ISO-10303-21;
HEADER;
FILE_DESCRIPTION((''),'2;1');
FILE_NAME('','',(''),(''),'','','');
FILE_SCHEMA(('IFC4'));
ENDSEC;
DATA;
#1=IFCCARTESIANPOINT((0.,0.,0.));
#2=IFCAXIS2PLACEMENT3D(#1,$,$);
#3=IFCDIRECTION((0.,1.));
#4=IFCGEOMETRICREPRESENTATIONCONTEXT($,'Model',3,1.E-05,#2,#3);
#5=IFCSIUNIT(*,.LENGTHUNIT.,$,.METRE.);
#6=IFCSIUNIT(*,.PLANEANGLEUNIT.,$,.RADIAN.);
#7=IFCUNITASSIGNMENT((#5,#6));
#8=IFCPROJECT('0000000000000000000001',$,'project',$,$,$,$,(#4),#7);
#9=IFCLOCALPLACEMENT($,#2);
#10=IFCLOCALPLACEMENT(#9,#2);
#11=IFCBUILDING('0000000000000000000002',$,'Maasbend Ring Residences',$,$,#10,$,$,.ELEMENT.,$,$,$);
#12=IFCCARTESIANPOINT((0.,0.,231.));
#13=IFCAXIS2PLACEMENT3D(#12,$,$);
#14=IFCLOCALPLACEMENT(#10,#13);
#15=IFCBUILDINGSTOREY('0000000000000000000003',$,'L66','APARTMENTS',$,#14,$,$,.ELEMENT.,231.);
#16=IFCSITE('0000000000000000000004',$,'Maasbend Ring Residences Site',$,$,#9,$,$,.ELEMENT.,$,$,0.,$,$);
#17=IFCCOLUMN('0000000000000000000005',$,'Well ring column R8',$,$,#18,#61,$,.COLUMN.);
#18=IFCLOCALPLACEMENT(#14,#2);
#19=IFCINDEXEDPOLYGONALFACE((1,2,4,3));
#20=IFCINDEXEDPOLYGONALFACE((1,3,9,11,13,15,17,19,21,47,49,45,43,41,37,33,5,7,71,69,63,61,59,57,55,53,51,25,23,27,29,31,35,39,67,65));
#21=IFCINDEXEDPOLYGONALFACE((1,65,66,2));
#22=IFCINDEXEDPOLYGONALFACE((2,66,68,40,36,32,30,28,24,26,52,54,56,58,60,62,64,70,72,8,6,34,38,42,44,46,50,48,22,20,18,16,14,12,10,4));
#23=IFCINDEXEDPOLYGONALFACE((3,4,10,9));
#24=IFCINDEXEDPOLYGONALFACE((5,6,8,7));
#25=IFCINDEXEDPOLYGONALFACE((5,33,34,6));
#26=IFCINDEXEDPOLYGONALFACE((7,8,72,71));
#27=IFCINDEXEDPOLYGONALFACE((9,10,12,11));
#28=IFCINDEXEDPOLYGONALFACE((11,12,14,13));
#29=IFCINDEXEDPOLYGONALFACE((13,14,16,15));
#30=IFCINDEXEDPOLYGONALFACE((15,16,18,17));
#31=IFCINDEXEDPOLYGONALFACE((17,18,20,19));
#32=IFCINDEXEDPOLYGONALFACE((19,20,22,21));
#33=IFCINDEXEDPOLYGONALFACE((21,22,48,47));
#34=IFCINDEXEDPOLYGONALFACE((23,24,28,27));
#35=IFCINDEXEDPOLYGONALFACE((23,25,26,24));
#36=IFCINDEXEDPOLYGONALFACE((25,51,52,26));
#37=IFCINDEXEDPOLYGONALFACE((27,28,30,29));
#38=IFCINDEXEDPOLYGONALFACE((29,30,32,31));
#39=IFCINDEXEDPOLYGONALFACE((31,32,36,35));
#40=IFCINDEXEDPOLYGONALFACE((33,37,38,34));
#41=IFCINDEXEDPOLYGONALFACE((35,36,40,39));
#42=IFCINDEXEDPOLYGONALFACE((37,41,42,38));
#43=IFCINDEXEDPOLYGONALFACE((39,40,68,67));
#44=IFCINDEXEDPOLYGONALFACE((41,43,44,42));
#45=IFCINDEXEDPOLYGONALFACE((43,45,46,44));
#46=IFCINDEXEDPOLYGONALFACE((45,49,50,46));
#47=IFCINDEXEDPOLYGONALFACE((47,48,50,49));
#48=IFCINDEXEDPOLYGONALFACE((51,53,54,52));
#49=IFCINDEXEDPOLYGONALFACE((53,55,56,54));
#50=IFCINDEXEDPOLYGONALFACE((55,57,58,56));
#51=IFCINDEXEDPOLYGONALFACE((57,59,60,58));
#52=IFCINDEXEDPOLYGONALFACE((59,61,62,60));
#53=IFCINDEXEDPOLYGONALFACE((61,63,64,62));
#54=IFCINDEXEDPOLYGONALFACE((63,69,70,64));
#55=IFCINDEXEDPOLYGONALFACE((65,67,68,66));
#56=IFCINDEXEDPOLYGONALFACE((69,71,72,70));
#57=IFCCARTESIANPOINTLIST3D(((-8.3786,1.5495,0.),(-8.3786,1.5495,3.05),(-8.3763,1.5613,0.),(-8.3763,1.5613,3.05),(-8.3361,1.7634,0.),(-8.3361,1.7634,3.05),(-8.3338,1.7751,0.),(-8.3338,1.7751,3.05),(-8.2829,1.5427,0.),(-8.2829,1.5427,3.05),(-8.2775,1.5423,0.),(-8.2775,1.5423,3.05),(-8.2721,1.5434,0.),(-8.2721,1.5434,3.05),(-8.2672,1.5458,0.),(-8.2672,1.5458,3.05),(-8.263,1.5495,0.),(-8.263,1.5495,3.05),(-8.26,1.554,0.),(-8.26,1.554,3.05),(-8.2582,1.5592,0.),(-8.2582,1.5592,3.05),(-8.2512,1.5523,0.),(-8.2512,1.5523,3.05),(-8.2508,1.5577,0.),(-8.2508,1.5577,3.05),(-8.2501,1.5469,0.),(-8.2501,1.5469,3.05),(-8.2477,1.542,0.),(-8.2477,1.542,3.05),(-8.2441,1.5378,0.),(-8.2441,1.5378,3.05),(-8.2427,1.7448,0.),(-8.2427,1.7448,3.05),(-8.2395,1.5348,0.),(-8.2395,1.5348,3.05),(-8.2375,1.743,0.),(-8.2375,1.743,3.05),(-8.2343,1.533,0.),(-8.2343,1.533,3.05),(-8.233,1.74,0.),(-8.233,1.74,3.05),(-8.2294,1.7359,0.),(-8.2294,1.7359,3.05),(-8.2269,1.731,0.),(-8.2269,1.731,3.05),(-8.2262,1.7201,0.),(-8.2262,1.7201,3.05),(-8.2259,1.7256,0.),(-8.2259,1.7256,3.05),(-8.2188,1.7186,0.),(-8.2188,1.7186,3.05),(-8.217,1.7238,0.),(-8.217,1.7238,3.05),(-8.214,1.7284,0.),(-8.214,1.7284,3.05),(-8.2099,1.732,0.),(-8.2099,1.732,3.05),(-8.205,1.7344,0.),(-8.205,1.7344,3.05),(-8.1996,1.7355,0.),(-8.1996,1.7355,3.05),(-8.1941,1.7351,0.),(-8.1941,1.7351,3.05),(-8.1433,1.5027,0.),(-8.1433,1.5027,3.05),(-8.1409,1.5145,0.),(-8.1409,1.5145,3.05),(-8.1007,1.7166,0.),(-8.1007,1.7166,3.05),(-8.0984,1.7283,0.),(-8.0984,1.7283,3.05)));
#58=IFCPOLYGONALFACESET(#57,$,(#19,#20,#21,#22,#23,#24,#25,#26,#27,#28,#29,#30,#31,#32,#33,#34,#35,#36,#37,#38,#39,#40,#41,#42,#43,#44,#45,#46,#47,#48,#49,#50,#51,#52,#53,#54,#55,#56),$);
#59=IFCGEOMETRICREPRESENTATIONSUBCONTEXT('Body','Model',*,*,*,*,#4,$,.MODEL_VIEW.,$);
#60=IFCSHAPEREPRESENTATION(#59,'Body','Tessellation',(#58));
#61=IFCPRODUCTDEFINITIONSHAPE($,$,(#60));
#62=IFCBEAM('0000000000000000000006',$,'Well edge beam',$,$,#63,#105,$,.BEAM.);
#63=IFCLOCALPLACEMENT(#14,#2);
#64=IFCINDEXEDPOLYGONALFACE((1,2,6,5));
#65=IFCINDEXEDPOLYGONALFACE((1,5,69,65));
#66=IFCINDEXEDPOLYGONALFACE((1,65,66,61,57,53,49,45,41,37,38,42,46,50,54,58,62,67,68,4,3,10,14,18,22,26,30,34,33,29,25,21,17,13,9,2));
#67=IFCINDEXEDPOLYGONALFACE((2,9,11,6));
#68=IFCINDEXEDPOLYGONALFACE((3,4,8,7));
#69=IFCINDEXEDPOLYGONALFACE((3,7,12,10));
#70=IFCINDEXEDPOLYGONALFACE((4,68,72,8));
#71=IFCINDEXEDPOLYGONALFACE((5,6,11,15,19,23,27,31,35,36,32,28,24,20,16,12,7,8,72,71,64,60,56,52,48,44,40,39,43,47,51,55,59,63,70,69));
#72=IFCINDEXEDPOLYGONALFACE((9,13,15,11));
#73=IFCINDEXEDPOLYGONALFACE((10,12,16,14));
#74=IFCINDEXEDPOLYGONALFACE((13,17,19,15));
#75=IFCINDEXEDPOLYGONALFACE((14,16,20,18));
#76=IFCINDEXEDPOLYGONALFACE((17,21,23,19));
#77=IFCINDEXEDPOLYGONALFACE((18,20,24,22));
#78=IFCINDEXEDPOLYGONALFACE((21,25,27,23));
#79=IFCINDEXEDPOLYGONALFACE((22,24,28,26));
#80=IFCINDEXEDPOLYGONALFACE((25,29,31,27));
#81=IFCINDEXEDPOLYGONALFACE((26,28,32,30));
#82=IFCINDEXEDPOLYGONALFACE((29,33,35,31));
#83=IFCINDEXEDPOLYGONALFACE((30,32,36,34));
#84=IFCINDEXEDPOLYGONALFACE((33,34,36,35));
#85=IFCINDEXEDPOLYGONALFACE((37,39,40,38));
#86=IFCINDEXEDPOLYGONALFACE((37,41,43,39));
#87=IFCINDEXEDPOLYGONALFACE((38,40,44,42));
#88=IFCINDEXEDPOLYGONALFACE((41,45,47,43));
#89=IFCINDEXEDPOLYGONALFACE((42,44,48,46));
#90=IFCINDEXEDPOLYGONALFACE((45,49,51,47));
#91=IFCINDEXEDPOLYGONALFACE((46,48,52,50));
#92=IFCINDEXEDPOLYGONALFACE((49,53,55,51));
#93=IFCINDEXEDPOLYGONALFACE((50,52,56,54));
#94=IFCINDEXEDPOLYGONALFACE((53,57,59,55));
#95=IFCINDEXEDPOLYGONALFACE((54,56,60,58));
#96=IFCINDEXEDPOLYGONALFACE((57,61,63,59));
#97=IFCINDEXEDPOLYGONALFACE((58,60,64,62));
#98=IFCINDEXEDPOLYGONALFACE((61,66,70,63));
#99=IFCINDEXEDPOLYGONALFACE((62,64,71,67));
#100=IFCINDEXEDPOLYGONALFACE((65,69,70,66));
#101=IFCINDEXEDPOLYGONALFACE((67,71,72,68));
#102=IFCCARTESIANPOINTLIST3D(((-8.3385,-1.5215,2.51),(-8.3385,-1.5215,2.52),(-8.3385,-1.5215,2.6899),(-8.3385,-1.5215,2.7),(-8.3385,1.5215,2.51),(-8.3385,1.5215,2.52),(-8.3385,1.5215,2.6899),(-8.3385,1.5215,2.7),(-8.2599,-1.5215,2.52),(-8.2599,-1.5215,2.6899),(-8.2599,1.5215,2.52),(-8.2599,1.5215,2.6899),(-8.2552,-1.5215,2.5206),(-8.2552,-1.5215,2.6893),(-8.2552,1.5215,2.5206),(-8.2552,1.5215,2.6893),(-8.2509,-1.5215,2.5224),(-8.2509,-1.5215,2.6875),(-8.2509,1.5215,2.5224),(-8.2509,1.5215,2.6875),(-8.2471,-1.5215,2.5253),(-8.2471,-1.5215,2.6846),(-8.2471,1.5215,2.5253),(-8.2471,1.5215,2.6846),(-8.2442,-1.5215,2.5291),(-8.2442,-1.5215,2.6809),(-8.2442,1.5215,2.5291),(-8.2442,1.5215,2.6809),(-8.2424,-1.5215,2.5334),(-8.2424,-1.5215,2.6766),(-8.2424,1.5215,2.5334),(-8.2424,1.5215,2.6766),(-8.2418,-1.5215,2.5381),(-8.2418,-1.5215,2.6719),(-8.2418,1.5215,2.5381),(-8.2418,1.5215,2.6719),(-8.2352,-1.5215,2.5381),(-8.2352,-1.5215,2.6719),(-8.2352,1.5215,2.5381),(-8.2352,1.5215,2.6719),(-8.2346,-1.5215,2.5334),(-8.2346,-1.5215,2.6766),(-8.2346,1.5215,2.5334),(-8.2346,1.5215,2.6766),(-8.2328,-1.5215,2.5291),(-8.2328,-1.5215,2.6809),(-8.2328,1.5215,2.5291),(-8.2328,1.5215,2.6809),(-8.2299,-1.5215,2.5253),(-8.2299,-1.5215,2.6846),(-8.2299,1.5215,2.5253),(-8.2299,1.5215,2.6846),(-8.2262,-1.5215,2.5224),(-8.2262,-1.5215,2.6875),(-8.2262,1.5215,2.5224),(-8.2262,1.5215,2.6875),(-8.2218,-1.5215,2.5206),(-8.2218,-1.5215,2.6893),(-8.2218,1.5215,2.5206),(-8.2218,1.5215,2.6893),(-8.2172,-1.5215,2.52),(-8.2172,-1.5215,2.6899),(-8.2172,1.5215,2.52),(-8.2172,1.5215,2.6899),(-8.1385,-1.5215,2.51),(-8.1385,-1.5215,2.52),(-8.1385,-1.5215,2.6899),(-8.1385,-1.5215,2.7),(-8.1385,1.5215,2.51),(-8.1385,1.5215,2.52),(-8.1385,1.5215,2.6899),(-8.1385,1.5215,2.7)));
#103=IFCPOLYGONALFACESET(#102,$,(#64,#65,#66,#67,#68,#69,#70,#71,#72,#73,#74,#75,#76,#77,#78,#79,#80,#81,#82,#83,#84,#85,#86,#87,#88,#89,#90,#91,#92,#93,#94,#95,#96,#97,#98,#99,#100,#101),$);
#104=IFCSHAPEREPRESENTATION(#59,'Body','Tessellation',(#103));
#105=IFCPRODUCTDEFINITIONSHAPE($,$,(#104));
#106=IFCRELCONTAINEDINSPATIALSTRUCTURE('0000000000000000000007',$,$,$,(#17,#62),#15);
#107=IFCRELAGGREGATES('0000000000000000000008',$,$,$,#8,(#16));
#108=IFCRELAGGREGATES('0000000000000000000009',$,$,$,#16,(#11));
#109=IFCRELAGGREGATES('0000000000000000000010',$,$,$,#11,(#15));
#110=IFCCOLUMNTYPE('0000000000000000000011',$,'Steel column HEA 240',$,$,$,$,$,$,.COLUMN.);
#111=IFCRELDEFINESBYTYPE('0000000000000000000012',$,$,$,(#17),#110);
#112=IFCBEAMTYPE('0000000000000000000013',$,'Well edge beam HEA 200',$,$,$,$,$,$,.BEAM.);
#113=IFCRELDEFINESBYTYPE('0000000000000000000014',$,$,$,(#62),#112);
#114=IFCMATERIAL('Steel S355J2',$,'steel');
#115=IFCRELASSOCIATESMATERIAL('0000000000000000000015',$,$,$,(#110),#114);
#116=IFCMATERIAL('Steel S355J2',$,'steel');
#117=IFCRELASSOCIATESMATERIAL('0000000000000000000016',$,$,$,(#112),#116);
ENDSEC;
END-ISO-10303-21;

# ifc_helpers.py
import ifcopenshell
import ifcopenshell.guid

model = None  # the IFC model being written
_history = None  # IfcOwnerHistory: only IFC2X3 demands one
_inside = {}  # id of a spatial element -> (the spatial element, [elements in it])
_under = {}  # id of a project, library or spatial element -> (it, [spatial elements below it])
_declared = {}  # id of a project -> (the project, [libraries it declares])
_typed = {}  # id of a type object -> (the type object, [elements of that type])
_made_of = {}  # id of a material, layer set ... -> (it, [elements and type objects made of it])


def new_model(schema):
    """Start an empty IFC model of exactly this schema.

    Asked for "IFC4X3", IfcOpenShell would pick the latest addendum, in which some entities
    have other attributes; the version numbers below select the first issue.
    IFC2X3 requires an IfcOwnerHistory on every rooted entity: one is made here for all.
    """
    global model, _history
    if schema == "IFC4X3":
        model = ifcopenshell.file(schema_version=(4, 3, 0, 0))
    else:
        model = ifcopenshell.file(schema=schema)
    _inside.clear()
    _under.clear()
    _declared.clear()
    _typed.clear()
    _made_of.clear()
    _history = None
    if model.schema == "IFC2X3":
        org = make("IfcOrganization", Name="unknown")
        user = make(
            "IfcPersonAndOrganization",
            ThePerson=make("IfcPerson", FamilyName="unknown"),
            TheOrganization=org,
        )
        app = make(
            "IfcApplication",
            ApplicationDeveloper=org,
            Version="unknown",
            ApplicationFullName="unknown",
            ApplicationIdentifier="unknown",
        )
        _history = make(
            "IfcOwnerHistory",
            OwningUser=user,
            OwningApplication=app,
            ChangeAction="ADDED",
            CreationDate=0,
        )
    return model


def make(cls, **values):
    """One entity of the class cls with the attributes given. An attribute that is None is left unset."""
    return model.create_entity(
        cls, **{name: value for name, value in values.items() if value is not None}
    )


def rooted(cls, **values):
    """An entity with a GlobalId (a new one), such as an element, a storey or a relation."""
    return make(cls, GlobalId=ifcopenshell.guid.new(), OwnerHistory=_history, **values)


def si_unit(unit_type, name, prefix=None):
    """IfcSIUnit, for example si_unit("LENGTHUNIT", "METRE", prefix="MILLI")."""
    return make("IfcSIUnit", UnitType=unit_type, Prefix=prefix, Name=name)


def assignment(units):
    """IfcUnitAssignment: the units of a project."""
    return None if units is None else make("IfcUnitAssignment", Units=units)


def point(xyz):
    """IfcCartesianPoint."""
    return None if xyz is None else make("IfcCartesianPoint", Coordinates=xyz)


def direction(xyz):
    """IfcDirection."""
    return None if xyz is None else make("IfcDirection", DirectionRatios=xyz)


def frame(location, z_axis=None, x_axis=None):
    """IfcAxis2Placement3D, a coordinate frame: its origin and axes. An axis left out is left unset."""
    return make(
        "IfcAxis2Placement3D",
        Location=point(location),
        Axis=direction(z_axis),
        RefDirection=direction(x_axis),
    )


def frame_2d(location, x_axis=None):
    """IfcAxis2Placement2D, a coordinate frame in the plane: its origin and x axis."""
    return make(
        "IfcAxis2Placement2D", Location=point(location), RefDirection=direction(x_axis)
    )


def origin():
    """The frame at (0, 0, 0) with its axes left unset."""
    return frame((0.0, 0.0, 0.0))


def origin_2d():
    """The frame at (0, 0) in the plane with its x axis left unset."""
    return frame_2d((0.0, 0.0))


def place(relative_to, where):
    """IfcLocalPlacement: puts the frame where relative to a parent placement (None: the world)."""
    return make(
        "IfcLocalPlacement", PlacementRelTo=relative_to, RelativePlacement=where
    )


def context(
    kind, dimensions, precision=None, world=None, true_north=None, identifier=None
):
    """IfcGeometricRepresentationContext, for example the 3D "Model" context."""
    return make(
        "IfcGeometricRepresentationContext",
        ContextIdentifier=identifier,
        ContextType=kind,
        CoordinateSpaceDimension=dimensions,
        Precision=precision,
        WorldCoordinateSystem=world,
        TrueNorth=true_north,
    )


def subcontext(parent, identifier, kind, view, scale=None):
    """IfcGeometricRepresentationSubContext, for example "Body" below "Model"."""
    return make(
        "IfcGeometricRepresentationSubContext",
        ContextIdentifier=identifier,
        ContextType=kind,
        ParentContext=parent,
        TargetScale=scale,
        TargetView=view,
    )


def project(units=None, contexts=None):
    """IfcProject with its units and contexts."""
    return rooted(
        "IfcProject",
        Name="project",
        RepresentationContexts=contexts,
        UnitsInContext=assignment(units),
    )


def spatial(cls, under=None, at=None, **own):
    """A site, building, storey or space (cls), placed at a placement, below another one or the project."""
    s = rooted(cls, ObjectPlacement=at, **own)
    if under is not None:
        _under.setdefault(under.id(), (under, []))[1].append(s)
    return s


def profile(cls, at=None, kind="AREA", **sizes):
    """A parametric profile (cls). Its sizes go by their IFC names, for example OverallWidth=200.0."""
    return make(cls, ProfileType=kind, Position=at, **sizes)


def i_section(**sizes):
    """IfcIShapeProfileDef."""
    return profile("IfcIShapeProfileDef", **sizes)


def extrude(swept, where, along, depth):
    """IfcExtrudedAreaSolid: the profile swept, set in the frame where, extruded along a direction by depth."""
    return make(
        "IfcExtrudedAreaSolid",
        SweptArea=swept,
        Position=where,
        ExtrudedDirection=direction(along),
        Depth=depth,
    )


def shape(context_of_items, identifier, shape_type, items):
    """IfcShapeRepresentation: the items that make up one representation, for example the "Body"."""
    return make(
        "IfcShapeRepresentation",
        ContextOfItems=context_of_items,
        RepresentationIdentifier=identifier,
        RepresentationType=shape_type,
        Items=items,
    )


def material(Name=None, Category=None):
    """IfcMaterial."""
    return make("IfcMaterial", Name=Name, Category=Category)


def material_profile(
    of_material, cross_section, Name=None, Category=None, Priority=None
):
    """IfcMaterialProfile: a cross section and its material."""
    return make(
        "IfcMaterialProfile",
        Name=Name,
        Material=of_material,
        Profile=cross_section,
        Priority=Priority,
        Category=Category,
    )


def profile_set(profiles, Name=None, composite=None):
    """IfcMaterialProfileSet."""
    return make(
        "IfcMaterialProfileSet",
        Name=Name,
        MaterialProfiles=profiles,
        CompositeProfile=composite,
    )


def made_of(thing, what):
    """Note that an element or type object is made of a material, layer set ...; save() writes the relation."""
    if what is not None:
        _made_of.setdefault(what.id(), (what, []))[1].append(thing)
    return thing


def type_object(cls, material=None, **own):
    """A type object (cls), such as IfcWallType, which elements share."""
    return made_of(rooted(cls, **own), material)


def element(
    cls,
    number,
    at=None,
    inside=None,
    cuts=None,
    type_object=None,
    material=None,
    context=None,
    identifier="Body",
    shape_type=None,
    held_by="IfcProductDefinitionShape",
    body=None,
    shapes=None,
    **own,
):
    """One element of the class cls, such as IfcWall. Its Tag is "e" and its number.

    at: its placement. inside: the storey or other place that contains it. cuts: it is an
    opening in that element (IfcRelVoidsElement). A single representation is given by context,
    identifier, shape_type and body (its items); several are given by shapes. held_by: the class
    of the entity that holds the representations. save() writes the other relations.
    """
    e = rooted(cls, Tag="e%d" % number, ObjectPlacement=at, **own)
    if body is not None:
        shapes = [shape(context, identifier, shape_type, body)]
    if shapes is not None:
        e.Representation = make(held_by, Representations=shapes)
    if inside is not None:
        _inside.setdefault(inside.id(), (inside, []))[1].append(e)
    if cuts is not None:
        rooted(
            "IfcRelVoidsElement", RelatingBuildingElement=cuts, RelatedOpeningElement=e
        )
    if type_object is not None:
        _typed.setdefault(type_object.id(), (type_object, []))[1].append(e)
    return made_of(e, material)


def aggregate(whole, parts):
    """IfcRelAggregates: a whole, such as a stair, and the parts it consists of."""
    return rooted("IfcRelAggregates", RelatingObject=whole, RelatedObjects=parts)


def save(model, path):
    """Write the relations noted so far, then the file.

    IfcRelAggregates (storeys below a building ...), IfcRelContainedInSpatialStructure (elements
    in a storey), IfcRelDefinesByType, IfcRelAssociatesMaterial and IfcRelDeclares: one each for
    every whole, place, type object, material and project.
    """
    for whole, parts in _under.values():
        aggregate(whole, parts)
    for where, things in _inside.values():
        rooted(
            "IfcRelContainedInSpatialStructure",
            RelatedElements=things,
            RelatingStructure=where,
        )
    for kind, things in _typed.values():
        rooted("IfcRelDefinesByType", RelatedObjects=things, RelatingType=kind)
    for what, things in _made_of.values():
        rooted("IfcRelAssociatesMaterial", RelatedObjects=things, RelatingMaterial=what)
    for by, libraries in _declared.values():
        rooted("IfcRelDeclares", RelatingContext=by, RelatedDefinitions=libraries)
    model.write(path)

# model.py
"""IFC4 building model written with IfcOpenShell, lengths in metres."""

from ifc_helpers import new_model, si_unit, direction, frame, origin, origin_2d, place, context, subcontext, project, spatial, i_section, extrude, material, material_profile, profile_set, type_object, element, save


model = new_model("IFC4")

# Units and contexts
model_context = context("Model", 3, precision=1e-05, world=origin(), true_north=direction((0.0, 1.0)))
body_context = subcontext(model_context, "Body", "Model", "MODEL_VIEW")
ifc_project = project(units=[si_unit("LENGTHUNIT", "METRE"), si_unit("PLANEANGLEUNIT", "RADIAN")], contexts=[model_context])

# Site, building, storey
site_placement = place(None, origin())
site = spatial("IfcSite", under=ifc_project, at=site_placement, Name="Maasbend Ring Residences Site", CompositionType="ELEMENT", RefElevation=0.0)
building_placement = place(site_placement, origin())
building = spatial("IfcBuilding", under=site, at=building_placement, Name="Maasbend Ring Residences", CompositionType="ELEMENT")
storey_placement = place(building_placement, frame((0.0, 0.0, 231.0)))
storey = spatial("IfcBuildingStorey", under=building, at=storey_placement, Name="L66", Description="APARTMENTS", CompositionType="ELEMENT", Elevation=231.0)

# Column
ifc_material_1 = material(Name="Steel S355J2", Category="steel")
ifc_material_profile_1 = material_profile(ifc_material_1, i_section(OverallWidth=0.24, OverallDepth=0.23, WebThickness=0.0076, FlangeThickness=0.012, FilletRadius=0.021, at=origin_2d()), Name="HEA 240")
ifc_profile_set_1 = profile_set([ifc_material_profile_1], Name="Steel S355J2")
column_type = type_object("IfcColumnType", Name="Steel column HEA 240", PredefinedType="COLUMN", material=ifc_profile_set_1)
column_placement = place(storey_placement, frame((-8.2385, 1.6389, 0.0), z_axis=(0.0, 0.0, 1.0), x_axis=(-0.980785, 0.19509, 0.0)))
element("IfcColumn", 1, at=column_placement, inside=storey, type_object=column_type, Name="Well ring column R8", PredefinedType="COLUMN", context=body_context, shape_type="SweptSolid", body=[
    extrude(i_section(OverallWidth=0.24, OverallDepth=0.23, WebThickness=0.0076, FlangeThickness=0.012, FilletRadius=0.021, at=origin_2d()), origin(), (0.0, 0.0, 1.0), 3.05),
])

# Beam
ifc_material_2 = material(Name="Steel S355J2", Category="steel")
ifc_material_profile_2 = material_profile(ifc_material_2, i_section(OverallWidth=0.2, OverallDepth=0.1899, WebThickness=0.0066, FlangeThickness=0.01, FilletRadius=0.0181, at=origin_2d()), Name="HEA 200")
ifc_profile_set_2 = profile_set([ifc_material_profile_2], Name="Steel S355J2")
beam_type = type_object("IfcBeamType", Name="Well edge beam HEA 200", PredefinedType="BEAM", material=ifc_profile_set_2)
beam_placement = place(storey_placement, frame((-8.2385, 1.5215, 2.605), z_axis=(0.0, -1.0, 0.0), x_axis=(1.0, 0.0, 0.0)))
element("IfcBeam", 2, at=beam_placement, inside=storey, type_object=beam_type, Name="Well edge beam", PredefinedType="BEAM", context=body_context, shape_type="SweptSolid", body=[
    extrude(i_section(OverallWidth=0.2, OverallDepth=0.1899, WebThickness=0.0066, FlangeThickness=0.01, FilletRadius=0.0181, at=origin_2d()), origin(), (0.0, 0.0, 1.0), 3.043),
])

save(model, "model.ifc")
